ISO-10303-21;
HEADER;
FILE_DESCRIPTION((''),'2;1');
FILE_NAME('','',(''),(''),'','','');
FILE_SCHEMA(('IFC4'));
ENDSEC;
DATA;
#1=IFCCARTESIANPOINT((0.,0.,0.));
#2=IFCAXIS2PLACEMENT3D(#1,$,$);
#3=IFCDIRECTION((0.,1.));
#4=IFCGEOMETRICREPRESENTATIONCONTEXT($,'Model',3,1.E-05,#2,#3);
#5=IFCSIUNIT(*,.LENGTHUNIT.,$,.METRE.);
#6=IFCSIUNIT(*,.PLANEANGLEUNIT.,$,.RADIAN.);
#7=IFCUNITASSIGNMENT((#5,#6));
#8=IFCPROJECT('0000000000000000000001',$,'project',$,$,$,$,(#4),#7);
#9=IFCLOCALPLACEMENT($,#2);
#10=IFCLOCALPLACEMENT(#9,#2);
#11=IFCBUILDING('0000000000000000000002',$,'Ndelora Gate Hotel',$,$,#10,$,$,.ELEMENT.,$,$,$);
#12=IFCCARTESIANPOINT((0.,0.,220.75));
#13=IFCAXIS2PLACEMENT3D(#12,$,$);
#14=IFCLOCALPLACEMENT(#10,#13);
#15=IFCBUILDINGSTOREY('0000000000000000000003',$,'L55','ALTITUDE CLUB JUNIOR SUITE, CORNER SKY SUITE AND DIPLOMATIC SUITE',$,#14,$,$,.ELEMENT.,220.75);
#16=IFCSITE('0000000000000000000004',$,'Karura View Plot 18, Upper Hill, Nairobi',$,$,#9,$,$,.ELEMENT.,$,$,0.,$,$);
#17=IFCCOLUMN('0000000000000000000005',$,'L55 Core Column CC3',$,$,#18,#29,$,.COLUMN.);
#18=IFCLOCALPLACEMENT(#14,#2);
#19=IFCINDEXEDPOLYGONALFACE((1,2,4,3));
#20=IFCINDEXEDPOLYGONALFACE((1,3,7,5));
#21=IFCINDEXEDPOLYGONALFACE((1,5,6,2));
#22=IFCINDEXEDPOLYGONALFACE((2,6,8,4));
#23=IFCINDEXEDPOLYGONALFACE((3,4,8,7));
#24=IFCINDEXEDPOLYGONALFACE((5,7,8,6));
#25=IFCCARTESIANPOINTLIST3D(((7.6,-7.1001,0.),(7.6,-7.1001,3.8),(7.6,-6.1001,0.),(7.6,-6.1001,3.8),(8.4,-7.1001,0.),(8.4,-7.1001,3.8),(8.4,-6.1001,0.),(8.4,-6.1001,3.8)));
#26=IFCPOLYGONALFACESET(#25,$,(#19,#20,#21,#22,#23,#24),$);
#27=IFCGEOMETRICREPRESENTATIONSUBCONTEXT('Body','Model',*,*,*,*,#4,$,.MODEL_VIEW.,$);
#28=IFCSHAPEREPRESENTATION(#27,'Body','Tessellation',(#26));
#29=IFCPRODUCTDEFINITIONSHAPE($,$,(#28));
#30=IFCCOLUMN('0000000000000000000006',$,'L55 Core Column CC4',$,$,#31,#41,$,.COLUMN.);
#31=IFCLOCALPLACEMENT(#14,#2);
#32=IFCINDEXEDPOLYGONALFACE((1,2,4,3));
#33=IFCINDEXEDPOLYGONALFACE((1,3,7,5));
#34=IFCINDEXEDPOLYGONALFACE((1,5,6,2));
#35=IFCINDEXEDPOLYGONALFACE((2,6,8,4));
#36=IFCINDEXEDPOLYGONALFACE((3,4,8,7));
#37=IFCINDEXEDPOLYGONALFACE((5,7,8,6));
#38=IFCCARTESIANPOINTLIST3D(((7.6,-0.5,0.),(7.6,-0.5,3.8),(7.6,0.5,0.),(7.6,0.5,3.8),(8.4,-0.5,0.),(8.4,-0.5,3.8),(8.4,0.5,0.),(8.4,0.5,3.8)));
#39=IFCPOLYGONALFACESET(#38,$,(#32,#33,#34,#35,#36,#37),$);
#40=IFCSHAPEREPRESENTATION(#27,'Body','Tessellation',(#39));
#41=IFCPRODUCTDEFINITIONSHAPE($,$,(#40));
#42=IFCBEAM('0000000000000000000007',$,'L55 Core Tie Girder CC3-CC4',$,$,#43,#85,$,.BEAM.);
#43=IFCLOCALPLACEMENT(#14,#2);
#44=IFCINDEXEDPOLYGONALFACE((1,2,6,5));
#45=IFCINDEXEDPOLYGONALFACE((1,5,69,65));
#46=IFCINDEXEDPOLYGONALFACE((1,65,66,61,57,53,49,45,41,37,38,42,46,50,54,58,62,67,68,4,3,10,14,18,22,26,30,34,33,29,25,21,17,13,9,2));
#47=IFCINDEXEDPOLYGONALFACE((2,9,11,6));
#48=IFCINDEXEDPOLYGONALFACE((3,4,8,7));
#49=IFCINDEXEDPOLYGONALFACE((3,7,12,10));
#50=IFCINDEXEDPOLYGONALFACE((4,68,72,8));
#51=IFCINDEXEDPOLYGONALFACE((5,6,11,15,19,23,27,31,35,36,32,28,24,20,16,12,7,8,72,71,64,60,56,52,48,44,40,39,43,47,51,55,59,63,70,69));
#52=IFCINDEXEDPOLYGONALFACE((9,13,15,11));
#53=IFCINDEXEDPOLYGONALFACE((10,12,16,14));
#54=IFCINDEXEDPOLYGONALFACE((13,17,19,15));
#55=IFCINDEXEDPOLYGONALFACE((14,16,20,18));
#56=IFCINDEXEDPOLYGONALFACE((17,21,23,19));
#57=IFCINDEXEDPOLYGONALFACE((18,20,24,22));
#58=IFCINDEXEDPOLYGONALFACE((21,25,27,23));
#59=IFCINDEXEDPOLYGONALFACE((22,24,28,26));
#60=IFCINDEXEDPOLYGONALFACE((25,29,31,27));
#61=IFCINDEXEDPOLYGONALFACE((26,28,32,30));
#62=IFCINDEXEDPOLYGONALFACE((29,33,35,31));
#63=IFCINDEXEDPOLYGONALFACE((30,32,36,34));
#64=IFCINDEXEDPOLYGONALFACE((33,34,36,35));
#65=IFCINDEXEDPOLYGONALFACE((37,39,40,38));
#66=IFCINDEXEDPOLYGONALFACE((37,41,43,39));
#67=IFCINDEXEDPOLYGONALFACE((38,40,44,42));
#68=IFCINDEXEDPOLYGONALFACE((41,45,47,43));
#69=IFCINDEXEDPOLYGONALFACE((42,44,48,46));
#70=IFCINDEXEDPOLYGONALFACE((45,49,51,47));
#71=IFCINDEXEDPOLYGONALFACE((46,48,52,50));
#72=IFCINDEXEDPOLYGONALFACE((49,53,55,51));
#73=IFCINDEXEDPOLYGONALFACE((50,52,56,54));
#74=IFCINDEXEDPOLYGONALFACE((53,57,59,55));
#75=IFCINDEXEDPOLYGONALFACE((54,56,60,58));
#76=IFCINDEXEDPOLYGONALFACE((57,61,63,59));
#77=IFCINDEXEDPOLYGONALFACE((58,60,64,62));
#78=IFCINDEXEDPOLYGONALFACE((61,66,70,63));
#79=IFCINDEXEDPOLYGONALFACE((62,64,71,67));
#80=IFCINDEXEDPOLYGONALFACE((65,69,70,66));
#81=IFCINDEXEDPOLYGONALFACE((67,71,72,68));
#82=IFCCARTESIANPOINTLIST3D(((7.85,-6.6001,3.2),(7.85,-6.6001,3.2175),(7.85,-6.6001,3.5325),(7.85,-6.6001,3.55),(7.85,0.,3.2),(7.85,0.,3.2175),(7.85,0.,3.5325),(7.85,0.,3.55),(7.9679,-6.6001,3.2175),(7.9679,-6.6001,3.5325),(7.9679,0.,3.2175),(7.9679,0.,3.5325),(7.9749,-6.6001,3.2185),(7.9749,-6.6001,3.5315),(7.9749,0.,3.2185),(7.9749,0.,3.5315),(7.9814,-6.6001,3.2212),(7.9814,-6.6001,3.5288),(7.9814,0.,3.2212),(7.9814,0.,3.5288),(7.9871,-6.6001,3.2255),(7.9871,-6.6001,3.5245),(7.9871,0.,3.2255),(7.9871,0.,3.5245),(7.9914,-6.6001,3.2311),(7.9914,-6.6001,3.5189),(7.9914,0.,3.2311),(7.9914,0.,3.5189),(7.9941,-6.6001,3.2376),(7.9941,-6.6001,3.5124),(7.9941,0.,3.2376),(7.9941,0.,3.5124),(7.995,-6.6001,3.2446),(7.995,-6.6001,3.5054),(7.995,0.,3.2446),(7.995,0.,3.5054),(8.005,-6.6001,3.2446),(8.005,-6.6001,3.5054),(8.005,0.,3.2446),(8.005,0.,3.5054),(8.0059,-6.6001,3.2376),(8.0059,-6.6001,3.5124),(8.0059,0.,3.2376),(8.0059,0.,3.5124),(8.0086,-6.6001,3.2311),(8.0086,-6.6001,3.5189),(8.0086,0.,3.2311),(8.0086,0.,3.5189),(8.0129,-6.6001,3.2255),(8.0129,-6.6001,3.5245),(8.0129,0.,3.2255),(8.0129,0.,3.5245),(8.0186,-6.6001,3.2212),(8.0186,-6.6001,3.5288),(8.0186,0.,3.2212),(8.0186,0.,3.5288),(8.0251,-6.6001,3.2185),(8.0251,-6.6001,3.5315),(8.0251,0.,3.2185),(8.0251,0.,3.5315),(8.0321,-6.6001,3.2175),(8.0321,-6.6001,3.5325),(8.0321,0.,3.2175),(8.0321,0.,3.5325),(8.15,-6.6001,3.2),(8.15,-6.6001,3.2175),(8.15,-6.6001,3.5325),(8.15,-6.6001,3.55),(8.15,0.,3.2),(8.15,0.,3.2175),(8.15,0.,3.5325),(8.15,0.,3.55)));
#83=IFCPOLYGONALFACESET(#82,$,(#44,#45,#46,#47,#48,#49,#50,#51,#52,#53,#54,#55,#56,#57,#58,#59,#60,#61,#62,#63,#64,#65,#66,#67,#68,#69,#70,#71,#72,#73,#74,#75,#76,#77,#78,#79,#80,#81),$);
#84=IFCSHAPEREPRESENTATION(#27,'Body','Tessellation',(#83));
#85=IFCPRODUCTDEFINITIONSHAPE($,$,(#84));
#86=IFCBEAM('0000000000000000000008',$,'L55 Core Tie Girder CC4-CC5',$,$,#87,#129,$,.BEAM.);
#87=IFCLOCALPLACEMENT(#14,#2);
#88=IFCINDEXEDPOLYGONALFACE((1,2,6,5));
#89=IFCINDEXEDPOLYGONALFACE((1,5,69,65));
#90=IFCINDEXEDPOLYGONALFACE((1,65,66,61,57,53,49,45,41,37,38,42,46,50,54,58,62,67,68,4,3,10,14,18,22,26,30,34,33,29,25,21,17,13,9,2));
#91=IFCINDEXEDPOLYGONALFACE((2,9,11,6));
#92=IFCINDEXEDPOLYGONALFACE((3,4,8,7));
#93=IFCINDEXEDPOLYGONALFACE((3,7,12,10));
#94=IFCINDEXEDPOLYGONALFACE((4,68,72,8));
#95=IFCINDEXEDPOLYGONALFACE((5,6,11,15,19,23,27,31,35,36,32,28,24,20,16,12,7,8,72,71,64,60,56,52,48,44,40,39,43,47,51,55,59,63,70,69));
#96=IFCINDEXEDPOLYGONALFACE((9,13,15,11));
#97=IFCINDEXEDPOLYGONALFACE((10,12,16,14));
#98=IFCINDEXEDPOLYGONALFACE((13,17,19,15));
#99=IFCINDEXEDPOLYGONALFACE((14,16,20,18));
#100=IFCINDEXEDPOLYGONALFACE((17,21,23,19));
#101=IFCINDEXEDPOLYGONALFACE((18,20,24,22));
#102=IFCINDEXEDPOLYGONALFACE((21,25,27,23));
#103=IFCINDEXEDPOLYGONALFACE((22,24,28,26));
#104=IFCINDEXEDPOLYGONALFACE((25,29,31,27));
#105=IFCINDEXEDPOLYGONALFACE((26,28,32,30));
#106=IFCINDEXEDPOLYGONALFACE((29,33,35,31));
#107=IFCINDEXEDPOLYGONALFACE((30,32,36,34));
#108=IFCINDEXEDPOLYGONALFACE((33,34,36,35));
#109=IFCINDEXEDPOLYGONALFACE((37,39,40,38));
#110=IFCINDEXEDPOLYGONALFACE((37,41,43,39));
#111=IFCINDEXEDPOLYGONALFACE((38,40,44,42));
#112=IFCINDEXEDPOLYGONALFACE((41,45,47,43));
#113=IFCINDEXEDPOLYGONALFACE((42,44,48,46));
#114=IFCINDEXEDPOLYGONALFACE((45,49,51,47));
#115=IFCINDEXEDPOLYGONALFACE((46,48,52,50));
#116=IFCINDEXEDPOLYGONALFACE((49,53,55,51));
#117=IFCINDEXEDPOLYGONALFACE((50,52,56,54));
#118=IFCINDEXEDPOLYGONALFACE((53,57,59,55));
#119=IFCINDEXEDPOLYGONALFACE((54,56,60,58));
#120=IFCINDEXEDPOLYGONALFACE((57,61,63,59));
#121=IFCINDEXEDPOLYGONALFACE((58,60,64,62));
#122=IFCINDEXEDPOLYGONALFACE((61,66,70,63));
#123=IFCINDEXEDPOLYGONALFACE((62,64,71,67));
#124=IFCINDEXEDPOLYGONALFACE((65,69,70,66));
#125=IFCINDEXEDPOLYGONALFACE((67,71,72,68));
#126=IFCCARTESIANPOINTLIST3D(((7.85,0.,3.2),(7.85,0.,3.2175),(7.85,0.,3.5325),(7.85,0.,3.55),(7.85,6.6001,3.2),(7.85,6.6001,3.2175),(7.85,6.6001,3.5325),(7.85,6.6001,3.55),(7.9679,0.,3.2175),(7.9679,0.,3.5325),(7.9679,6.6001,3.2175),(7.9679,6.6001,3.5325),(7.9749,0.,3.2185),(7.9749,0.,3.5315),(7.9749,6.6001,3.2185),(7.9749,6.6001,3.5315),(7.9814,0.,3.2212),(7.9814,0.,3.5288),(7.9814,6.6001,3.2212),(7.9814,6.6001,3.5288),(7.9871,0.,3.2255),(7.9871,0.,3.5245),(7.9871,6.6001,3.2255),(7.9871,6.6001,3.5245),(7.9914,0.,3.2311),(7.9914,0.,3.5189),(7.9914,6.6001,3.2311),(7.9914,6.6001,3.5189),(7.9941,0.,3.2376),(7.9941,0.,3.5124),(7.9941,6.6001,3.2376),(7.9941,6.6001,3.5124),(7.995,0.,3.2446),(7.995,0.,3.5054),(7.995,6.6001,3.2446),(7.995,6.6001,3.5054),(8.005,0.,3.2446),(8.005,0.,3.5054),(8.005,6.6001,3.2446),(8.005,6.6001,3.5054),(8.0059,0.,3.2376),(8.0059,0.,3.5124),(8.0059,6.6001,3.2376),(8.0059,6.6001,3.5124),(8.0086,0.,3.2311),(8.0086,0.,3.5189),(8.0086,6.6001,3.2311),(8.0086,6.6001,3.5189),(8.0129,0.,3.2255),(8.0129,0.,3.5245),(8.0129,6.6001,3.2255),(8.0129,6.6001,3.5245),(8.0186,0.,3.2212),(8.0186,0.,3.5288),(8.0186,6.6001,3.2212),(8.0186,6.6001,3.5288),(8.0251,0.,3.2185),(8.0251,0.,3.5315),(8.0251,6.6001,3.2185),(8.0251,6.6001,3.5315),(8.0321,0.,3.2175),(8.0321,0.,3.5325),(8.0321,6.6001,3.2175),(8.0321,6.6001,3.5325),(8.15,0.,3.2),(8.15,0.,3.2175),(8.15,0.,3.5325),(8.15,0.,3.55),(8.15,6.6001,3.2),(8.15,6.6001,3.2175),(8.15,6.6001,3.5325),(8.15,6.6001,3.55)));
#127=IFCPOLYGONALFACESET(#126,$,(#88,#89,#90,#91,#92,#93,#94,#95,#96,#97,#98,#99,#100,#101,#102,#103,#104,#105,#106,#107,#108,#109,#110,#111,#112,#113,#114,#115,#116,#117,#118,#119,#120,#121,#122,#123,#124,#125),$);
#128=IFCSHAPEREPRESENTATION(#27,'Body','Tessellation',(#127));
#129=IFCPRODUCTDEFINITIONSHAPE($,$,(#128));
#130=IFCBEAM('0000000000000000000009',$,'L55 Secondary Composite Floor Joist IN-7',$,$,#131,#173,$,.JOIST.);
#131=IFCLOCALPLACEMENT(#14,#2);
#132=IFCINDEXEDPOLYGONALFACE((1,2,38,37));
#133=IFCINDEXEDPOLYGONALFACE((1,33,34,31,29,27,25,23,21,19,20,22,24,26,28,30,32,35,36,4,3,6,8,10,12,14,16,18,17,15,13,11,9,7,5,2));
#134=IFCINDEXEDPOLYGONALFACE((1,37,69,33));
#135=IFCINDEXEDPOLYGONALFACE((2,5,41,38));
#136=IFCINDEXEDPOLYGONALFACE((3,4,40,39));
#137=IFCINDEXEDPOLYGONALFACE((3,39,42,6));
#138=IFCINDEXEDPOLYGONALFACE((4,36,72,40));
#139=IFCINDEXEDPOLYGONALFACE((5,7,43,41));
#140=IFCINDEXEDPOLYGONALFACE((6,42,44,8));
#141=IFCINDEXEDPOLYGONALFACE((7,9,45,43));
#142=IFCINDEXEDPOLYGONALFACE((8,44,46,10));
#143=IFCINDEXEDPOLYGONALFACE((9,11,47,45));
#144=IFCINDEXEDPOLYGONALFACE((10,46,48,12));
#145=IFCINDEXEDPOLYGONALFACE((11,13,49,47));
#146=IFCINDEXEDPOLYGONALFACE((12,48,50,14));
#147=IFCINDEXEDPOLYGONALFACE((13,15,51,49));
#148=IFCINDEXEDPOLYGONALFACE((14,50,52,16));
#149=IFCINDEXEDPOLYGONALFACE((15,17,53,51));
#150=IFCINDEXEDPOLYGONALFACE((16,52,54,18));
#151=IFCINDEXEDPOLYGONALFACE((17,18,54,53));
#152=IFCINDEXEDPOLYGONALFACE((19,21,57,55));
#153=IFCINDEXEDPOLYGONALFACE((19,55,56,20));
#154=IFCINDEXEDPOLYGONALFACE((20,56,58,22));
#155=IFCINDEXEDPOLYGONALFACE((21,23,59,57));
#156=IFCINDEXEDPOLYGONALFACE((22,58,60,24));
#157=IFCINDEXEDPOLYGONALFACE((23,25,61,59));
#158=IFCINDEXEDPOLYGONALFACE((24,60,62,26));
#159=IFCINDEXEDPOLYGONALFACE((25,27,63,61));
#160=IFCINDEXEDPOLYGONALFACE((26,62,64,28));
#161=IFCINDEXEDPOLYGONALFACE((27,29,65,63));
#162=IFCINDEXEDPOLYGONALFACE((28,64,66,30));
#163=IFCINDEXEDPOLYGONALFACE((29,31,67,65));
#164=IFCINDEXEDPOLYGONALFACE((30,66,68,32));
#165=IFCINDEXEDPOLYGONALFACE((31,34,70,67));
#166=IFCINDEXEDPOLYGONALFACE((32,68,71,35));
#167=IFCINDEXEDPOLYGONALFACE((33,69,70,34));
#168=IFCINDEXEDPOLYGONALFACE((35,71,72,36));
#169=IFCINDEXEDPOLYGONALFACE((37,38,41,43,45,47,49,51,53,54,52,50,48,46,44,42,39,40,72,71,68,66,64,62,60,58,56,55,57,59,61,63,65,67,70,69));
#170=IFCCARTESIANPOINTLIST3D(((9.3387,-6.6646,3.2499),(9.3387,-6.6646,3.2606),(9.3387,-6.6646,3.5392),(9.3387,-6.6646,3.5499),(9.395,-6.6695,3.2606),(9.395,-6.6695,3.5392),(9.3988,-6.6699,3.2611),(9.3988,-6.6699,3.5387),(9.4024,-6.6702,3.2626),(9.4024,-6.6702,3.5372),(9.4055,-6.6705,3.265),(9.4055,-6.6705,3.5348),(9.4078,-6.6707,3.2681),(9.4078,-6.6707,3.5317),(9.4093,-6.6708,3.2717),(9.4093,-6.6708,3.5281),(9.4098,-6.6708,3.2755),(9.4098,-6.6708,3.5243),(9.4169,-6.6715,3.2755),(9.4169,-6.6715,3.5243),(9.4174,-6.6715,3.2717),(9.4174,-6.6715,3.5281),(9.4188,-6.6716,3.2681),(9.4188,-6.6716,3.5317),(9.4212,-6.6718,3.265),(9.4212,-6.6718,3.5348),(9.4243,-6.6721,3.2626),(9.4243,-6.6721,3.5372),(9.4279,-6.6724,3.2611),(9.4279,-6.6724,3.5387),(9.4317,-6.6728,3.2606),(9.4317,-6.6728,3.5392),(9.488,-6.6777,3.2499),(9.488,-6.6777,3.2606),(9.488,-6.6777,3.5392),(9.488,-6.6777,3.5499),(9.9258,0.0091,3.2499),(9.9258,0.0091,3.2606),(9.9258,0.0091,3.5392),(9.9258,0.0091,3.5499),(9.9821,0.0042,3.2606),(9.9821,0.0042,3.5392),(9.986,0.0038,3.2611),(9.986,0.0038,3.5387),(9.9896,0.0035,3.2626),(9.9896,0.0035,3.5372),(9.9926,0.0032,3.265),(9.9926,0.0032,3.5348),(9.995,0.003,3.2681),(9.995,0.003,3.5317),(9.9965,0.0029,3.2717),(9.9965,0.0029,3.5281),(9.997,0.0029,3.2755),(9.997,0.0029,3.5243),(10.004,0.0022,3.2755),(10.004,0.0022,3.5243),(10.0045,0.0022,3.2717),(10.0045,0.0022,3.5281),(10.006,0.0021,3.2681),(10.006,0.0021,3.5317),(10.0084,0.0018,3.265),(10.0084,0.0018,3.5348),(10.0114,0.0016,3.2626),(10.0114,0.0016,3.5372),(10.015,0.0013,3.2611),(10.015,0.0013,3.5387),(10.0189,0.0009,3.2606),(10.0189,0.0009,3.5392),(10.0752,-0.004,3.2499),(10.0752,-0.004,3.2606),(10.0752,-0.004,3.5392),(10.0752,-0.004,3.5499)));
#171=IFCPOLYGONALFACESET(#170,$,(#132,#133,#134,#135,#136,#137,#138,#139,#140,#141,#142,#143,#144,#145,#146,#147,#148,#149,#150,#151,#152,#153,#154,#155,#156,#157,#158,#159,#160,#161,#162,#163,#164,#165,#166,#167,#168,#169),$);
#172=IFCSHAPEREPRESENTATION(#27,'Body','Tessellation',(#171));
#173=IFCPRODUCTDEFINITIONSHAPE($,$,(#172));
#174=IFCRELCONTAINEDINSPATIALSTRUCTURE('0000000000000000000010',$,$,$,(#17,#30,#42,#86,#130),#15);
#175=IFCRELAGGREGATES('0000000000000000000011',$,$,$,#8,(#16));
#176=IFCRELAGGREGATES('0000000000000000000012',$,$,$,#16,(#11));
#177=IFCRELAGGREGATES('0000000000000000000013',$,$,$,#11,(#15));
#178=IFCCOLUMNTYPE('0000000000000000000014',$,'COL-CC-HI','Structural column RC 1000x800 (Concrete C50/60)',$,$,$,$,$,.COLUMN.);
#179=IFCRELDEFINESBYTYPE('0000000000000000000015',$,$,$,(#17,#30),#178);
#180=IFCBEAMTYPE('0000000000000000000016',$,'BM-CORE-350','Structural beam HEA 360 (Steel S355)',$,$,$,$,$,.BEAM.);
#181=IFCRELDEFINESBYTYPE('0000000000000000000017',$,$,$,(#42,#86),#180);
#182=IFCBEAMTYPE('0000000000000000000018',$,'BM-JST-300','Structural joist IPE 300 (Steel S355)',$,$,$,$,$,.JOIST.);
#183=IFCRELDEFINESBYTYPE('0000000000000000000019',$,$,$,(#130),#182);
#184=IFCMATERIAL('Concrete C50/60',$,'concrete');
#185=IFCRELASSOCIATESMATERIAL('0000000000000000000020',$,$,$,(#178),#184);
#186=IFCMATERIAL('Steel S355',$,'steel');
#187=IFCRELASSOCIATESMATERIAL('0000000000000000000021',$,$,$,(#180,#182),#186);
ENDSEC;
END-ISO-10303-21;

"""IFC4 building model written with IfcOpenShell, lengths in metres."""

from ifc_helpers import new_model, si_unit, direction, frame, origin, origin_2d, place, context, subcontext, project, spatial, rectangle, i_section, extrude, material, material_profile, profile_set, type_object, element, save


model = new_model("IFC4")

# Units and contexts
model_context = context("Model", 3, precision=1e-05, world=origin(), true_north=direction((0.0, 1.0)))
body_context = subcontext(model_context, "Body", "Model", "MODEL_VIEW")
ifc_project = project(units=[si_unit("LENGTHUNIT", "METRE"), si_unit("PLANEANGLEUNIT", "RADIAN")], contexts=[model_context])

# Site, building, storey
site_placement = place(None, origin())
site = spatial("IfcSite", under=ifc_project, at=site_placement, Name="Karura View Plot 18, Upper Hill, Nairobi", CompositionType="ELEMENT", RefElevation=0.0)
building_placement = place(site_placement, origin())
building = spatial("IfcBuilding", under=site, at=building_placement, Name="Ndelora Gate Hotel", CompositionType="ELEMENT")
storey_placement = place(building_placement, frame((0.0, 0.0, 220.75)))
storey = spatial("IfcBuildingStorey", under=building, at=storey_placement, Name="L55", Description="ALTITUDE CLUB JUNIOR SUITE, CORNER SKY SUITE AND DIPLOMATIC SUITE", CompositionType="ELEMENT", Elevation=220.75)

# Columns
ifc_material_1 = material(Name="Concrete C50/60", Category="concrete")
ifc_material_profile_1 = material_profile(ifc_material_1, rectangle(XDim=0.8, YDim=1.0, at=origin_2d()), Name="RC 1000x800")
ifc_profile_set_1 = profile_set([ifc_material_profile_1], Name="Concrete C50/60")
column_type = type_object("IfcColumnType", Name="COL-CC-HI", Description="Structural column RC 1000x800 (Concrete C50/60)", PredefinedType="COLUMN", material=ifc_profile_set_1)
for number, where, z_axis, x_axis, name in (
    (1, (8.0, -6.6001, 0.0), (0.0, 0.0, 1.0), (1.0, 0.0, 0.0), "L55 Core Column CC3"),
    (2, (8.0, 0.0, 0.0), (0.0, 0.0, 1.0), (1.0, 0.0, 0.0), "L55 Core Column CC4"),
):
    element("IfcColumn", number, at=place(storey_placement, frame(where, z_axis=z_axis, x_axis=x_axis)), inside=storey, type_object=column_type, Name=name, PredefinedType="COLUMN", context=body_context, shape_type="SweptSolid", body=[
        extrude(rectangle(XDim=0.8, YDim=1.0, at=origin_2d()), origin(), (0.0, 0.0, 1.0), 3.8),
    ])

# Beams
ifc_material_2 = material(Name="Steel S355", Category="steel")
ifc_material_profile_2 = material_profile(ifc_material_2, i_section(OverallWidth=0.3, OverallDepth=0.3501, WebThickness=0.01, FlangeThickness=0.0176, FilletRadius=0.0271, at=origin_2d()), Name="HEA 360")
ifc_profile_set_2 = profile_set([ifc_material_profile_2], Name="Steel S355")
beam_type_1 = type_object("IfcBeamType", Name="BM-CORE-350", Description="Structural beam HEA 360 (Steel S355)", PredefinedType="BEAM", material=ifc_profile_set_2)
for number, where, z_axis, x_axis, name in (
    (3, (8.0, -6.6001, 3.375), (0.0, 1.0, 0.0), (-1.0, 0.0, 0.0), "L55 Core Tie Girder CC3-CC4"),
    (4, (8.0, 0.0, 3.375), (0.0, 1.0, 0.0), (-1.0, 0.0, 0.0), "L55 Core Tie Girder CC4-CC5"),
):
    element("IfcBeam", number, at=place(storey_placement, frame(where, z_axis=z_axis, x_axis=x_axis)), inside=storey, type_object=beam_type_1, Name=name, PredefinedType="BEAM", context=body_context, shape_type="SweptSolid", body=[
        extrude(i_section(OverallWidth=0.3, OverallDepth=0.3501, WebThickness=0.01, FlangeThickness=0.0176, FilletRadius=0.0271, at=origin_2d()), origin(), (0.0, 0.0, 1.0), 6.6001),
    ])
ifc_material_profile_3 = material_profile(ifc_material_2, i_section(OverallWidth=0.1499, OverallDepth=0.3, WebThickness=0.0071, FlangeThickness=0.0107, FilletRadius=0.0149, at=origin_2d()), Name="IPE 300")
ifc_profile_set_3 = profile_set([ifc_material_profile_3], Name="Steel S355")
beam_type_2 = type_object("IfcBeamType", Name="BM-JST-300", Description="Structural joist IPE 300 (Steel S355)", PredefinedType="JOIST", material=ifc_profile_set_3)
beam_1_placement = place(storey_placement, frame((9.4133, -6.6711, 3.3999), z_axis=(0.087644, 0.996152, 0.0), x_axis=(-0.996152, 0.087644, 0.0)))
element("IfcBeam", 5, at=beam_1_placement, inside=storey, type_object=beam_type_2, Name="L55 Secondary Composite Floor Joist IN-7", PredefinedType="JOIST", context=body_context, shape_type="SweptSolid", body=[
    extrude(i_section(OverallWidth=0.1499, OverallDepth=0.3, WebThickness=0.0071, FlangeThickness=0.0107, FilletRadius=0.0149, at=origin_2d()), origin(), (0.0, 0.0, 1.0), 6.6995),
])

save(model, "model.ifc")
